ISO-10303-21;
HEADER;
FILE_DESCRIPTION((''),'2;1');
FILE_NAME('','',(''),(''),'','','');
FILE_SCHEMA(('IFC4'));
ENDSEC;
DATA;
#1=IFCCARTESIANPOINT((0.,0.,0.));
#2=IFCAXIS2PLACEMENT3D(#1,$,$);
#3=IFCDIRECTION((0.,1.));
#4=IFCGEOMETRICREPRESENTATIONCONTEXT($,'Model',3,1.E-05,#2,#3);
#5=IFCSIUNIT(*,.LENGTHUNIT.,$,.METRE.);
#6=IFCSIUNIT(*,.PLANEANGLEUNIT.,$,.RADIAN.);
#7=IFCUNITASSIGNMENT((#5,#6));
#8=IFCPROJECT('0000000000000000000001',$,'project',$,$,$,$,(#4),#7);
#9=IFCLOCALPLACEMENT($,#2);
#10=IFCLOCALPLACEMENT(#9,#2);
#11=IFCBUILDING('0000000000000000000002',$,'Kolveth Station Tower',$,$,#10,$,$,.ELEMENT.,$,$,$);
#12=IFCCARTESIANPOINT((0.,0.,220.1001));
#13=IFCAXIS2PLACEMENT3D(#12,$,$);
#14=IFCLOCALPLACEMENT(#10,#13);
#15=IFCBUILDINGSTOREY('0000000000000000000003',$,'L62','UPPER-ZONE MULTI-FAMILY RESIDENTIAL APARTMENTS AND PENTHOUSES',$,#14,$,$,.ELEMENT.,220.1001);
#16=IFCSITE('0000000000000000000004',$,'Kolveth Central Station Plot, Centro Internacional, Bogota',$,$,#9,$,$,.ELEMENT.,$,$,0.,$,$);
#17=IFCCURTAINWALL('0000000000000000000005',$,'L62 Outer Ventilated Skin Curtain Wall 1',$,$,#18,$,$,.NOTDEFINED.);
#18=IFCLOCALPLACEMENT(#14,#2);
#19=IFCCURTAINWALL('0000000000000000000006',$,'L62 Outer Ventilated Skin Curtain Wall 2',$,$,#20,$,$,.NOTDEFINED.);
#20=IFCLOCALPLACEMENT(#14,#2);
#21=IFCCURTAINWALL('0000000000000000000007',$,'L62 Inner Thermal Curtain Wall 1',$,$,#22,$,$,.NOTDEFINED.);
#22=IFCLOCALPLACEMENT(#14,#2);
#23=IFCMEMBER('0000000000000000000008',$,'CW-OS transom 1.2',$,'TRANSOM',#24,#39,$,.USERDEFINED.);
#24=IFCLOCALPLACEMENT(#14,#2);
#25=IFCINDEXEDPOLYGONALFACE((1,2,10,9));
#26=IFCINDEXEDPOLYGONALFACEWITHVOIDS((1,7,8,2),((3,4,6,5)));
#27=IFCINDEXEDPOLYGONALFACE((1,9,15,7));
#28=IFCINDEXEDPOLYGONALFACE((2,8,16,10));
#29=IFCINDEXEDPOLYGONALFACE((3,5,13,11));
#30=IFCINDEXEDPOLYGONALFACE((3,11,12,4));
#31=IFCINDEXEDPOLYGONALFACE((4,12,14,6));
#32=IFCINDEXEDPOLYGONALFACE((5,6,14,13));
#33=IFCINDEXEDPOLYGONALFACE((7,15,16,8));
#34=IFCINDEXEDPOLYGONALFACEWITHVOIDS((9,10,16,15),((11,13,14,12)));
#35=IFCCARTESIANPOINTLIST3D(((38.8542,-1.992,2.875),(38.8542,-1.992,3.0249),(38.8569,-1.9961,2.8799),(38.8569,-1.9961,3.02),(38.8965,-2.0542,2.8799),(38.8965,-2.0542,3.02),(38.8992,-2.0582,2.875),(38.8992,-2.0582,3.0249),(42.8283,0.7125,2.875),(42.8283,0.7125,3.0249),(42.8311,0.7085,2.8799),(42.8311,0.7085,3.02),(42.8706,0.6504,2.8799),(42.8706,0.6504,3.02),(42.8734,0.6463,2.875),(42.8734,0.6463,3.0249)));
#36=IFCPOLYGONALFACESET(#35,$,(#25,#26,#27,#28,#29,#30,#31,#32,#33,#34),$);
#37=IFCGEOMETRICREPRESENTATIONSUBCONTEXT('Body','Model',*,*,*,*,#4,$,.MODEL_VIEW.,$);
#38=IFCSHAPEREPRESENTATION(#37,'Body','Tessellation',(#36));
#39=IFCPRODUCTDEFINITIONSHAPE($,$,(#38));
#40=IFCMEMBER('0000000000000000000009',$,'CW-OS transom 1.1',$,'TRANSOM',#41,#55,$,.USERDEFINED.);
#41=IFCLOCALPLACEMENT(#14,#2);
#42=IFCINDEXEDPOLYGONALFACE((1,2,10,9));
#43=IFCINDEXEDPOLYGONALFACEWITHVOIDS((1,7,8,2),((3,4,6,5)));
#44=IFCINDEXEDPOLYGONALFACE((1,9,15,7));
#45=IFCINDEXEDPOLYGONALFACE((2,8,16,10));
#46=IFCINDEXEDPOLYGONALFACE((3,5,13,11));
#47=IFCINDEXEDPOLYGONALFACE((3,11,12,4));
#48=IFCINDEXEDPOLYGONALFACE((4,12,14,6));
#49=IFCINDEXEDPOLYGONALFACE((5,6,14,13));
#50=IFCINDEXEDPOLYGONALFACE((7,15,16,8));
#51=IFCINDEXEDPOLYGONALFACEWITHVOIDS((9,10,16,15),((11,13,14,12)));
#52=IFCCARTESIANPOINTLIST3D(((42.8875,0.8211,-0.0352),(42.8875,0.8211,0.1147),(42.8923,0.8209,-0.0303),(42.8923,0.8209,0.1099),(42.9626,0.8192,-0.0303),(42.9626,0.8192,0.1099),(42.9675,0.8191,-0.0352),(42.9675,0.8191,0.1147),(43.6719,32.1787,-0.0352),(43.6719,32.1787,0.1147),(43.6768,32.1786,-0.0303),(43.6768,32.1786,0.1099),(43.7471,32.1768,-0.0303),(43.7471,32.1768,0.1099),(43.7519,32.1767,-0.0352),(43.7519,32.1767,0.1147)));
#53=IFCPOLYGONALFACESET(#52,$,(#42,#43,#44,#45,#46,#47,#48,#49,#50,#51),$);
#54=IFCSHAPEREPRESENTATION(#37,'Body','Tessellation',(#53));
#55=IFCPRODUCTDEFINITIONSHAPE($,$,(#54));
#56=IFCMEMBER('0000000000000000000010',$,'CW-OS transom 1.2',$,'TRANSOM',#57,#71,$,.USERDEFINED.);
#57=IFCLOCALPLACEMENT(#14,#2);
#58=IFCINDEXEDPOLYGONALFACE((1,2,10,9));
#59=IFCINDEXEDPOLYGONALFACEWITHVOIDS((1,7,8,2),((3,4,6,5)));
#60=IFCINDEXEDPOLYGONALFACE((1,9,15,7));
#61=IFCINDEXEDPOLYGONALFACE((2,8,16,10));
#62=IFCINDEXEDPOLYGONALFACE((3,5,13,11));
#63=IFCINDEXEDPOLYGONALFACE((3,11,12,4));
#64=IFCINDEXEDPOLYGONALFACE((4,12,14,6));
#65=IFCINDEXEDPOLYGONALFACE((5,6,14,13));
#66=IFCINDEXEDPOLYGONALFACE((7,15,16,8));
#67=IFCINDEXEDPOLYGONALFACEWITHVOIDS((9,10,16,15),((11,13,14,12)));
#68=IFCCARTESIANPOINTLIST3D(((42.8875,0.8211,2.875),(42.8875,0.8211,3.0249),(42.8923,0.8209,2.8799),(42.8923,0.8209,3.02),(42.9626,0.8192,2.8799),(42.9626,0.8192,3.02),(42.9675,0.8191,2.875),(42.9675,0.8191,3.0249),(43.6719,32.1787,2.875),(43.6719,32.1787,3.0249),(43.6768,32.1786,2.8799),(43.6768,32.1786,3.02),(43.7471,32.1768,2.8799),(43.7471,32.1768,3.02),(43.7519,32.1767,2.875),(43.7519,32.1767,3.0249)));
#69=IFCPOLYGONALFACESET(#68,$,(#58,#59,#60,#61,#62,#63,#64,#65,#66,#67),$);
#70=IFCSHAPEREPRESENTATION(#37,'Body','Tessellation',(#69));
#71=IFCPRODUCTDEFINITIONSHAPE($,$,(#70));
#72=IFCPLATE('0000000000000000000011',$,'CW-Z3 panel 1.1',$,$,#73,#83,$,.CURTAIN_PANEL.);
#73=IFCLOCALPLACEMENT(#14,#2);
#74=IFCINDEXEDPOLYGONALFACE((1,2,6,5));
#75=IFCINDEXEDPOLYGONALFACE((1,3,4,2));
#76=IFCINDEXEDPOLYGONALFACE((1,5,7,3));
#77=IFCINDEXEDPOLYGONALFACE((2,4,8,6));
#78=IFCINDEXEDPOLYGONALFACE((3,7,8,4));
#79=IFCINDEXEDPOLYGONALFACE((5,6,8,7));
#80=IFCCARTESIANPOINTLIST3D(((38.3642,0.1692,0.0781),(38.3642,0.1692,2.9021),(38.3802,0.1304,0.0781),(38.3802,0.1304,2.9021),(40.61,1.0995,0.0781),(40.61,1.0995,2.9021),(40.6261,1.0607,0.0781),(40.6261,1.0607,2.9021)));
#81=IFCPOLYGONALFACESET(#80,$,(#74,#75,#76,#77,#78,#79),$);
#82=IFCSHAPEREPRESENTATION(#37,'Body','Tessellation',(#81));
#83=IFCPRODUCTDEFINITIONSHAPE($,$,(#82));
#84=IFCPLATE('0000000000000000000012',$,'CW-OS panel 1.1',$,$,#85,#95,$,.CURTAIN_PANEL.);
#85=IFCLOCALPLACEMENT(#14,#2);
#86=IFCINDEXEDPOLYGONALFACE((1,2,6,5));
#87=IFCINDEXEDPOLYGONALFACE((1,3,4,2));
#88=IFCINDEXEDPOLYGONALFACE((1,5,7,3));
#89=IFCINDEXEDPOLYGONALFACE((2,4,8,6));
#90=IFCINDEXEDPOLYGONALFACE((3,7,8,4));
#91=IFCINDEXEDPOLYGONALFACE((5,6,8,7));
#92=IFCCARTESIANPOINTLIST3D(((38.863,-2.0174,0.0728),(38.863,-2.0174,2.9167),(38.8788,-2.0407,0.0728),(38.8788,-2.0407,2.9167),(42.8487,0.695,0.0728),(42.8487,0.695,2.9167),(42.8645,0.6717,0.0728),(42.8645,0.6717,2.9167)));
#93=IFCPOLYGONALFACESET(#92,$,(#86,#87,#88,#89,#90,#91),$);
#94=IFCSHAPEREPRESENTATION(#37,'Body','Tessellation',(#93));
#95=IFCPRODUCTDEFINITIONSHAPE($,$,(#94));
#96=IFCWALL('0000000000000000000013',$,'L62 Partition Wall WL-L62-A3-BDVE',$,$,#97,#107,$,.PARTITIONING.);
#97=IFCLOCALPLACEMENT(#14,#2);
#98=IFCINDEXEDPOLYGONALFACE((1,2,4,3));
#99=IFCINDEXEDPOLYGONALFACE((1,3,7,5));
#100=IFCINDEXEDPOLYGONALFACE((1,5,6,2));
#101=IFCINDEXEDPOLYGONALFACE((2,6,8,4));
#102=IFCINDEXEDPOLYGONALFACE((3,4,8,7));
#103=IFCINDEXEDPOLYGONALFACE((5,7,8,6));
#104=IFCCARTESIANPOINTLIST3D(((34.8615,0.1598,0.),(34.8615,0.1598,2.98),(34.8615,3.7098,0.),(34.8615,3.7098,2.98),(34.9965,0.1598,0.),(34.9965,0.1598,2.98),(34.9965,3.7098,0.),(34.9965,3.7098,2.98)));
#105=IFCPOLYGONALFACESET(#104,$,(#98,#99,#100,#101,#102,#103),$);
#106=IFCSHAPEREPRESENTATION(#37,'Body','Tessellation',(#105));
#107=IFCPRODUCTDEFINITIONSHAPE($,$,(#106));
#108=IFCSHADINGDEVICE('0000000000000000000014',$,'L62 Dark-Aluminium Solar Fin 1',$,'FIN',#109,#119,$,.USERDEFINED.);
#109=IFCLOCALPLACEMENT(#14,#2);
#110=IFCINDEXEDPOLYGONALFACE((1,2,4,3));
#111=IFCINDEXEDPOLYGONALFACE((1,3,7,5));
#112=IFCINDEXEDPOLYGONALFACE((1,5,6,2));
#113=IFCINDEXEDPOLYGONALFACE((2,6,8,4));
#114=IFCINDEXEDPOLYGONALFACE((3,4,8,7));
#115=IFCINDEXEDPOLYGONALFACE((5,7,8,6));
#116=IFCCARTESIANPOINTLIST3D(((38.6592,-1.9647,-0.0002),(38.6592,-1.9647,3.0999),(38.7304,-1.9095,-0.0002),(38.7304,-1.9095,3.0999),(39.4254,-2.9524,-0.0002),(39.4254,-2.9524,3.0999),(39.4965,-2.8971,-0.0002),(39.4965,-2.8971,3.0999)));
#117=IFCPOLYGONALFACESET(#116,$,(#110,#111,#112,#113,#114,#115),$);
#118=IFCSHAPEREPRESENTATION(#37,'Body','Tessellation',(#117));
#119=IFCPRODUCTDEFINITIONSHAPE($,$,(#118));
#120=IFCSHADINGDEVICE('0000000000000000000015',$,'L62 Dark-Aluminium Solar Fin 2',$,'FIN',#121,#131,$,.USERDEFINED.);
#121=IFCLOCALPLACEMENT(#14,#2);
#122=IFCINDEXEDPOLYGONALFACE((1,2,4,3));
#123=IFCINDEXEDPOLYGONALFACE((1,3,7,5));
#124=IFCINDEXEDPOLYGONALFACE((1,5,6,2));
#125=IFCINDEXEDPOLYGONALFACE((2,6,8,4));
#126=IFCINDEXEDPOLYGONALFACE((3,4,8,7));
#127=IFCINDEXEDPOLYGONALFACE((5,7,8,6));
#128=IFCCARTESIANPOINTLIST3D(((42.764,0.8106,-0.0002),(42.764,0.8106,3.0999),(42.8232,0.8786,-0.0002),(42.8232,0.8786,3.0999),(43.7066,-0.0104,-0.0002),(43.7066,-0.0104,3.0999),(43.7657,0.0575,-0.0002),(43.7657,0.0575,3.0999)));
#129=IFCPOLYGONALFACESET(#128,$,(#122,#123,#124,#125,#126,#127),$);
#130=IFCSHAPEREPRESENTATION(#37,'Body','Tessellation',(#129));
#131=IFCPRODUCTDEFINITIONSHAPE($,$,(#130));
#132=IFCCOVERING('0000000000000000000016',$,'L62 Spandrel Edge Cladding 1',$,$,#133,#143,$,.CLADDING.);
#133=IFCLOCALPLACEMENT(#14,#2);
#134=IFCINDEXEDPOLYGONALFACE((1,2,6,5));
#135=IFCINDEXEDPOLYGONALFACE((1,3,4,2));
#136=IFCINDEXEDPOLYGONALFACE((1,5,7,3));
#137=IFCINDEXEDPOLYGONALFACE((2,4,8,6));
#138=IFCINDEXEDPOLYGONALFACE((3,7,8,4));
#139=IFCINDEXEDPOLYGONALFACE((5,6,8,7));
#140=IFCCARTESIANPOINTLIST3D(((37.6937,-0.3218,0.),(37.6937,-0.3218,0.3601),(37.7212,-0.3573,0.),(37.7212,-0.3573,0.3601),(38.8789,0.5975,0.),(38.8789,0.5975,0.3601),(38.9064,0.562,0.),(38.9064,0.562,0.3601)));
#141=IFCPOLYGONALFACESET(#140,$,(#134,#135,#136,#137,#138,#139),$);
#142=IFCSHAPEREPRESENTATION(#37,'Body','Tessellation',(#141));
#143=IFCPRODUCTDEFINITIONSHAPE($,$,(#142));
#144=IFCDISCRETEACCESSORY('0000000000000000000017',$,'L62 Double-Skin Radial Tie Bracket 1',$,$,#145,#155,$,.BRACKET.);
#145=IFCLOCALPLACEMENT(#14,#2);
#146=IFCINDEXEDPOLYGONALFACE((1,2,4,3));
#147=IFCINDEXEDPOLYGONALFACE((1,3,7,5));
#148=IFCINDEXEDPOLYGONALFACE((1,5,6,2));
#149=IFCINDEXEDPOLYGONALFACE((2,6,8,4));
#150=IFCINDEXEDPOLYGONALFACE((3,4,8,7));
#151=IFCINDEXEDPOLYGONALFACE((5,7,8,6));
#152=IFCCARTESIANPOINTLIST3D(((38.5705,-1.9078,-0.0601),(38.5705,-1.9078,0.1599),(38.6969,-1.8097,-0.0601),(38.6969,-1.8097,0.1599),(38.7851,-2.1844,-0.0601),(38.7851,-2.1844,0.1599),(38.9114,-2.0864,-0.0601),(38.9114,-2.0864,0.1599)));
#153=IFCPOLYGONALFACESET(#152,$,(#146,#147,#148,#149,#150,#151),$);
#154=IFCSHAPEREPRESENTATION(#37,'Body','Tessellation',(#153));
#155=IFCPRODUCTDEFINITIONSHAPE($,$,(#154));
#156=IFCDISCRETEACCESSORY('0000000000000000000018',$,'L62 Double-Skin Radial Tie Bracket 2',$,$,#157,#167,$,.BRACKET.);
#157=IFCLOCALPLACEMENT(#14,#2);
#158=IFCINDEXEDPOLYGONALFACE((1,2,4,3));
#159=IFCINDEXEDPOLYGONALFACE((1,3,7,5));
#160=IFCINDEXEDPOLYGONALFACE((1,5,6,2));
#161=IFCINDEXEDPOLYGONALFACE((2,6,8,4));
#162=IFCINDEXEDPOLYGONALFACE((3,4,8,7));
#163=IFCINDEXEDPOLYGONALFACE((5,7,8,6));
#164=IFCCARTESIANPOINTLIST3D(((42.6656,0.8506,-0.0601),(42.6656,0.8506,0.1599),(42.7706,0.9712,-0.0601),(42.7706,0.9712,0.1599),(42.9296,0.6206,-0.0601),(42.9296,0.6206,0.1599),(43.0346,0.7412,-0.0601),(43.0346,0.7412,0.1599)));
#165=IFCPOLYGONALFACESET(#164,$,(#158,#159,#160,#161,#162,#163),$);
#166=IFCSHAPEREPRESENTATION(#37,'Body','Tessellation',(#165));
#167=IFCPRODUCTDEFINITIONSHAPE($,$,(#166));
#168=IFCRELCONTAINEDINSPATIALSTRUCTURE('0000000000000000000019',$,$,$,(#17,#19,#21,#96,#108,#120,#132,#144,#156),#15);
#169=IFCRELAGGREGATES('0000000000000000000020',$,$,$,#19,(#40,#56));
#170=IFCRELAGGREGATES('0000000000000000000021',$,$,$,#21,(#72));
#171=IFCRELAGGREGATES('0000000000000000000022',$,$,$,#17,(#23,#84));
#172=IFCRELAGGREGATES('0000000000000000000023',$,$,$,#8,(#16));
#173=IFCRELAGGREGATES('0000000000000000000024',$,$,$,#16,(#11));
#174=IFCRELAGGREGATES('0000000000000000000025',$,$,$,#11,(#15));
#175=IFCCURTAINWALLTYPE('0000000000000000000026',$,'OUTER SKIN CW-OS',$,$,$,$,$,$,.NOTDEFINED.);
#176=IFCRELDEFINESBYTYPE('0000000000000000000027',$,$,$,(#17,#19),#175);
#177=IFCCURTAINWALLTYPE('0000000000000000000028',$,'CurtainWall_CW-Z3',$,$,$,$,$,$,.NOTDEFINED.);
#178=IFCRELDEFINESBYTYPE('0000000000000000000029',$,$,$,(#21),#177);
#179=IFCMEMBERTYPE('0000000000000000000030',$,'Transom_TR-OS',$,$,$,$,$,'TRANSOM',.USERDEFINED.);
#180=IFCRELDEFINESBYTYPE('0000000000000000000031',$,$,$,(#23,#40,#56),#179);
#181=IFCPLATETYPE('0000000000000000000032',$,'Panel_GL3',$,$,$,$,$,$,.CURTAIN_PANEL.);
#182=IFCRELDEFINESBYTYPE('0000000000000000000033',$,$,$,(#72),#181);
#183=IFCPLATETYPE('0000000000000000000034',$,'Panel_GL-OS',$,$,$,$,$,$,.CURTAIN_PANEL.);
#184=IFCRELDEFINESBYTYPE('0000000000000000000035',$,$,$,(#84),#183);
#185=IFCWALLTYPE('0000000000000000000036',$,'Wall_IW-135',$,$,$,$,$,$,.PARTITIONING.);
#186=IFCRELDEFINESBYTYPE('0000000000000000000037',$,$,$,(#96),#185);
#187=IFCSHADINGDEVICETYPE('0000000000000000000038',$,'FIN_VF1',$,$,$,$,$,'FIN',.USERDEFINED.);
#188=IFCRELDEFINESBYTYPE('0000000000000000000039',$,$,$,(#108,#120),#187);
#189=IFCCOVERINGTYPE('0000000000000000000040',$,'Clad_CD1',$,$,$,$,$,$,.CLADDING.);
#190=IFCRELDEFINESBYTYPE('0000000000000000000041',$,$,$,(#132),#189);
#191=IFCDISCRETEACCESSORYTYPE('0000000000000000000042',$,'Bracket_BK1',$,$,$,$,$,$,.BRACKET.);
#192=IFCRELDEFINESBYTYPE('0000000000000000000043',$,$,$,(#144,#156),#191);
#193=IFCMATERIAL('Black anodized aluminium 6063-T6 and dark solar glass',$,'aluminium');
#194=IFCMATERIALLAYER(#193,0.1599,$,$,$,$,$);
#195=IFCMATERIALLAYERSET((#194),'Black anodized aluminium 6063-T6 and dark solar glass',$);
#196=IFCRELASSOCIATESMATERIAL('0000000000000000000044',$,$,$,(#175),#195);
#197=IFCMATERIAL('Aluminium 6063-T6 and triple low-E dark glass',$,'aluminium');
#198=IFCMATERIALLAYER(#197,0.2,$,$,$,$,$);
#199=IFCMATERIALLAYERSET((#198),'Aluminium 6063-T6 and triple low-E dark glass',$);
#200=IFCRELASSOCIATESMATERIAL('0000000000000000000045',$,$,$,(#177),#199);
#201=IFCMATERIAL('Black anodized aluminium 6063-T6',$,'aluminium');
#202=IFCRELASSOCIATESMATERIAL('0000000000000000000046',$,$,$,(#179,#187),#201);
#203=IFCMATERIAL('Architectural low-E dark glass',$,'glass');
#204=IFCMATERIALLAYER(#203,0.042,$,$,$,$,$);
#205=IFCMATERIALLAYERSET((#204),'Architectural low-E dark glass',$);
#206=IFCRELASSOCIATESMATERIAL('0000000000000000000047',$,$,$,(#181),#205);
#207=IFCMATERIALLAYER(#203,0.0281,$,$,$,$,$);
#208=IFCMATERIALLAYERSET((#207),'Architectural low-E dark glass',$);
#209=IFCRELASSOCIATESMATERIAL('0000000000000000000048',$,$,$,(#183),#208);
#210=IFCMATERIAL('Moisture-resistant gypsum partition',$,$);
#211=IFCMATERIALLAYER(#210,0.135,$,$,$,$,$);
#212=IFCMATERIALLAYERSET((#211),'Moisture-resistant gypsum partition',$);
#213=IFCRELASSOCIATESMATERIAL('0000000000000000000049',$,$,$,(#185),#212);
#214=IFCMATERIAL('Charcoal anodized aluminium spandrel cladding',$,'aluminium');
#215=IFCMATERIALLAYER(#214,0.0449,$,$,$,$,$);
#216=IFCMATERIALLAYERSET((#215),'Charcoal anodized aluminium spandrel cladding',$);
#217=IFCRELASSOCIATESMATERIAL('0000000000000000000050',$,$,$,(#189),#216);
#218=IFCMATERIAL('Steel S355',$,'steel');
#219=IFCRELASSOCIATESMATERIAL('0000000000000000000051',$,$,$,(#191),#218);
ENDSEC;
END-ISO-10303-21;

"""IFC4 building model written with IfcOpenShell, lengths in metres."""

from ifc_helpers import new_model, si_unit, direction, frame, frame_2d, origin, origin_2d, place, context, subcontext, project, spatial, rectangle, hollow_rectangle, extrude, source, transform, mapped, material, layer, layer_set, material_profile, profile_set, type_object, element, aggregate, save


model = new_model("IFC4")

# Units and contexts
model_context = context("Model", 3, precision=1e-05, world=origin(), true_north=direction((0.0, 1.0)))
body_context = subcontext(model_context, "Body", "Model", "MODEL_VIEW")
ifc_project = project(units=[si_unit("LENGTHUNIT", "METRE"), si_unit("PLANEANGLEUNIT", "RADIAN")], contexts=[model_context])

# Site, building, storey
site_placement = place(None, origin())
site = spatial("IfcSite", under=ifc_project, at=site_placement, Name="Kolveth Central Station Plot, Centro Internacional, Bogota", CompositionType="ELEMENT", RefElevation=0.0)
building_placement = place(site_placement, origin())
building = spatial("IfcBuilding", under=site, at=building_placement, Name="Kolveth Station Tower", CompositionType="ELEMENT")
storey_placement = place(building_placement, frame((0.0, 0.0, 220.1001)))
storey = spatial("IfcBuildingStorey", under=building, at=storey_placement, Name="L62", Description="UPPER-ZONE MULTI-FAMILY RESIDENTIAL APARTMENTS AND PENTHOUSES", CompositionType="ELEMENT", Elevation=220.1001)

# Curtain wall
ifc_material_1 = material(Name="Black anodized aluminium 6063-T6 and dark solar glass", Category="aluminium")
ifc_layer_1 = layer(ifc_material_1, 0.1599)
ifc_layer_set_1 = layer_set([ifc_layer_1], Name="Black anodized aluminium 6063-T6 and dark solar glass")
curtain_wall_type_1 = type_object("IfcCurtainWallType", Name="OUTER SKIN CW-OS", PredefinedType="NOTDEFINED", material=ifc_layer_set_1)
curtain_wall_1_placement = place(storey_placement, origin())
curtain_wall_1 = element("IfcCurtainWall", 1, at=curtain_wall_1_placement, inside=storey, type_object=curtain_wall_type_1, Name="L62 Outer Ventilated Skin Curtain Wall 1", PredefinedType="NOTDEFINED")
ifc_material_2 = material(Name="Black anodized aluminium 6063-T6", Category="aluminium")

# Curtain wall
curtain_wall_2_placement = place(storey_placement, origin())
curtain_wall_2 = element("IfcCurtainWall", 2, at=curtain_wall_2_placement, inside=storey, type_object=curtain_wall_type_1, Name="L62 Outer Ventilated Skin Curtain Wall 2", PredefinedType="NOTDEFINED")

# Curtain wall
ifc_material_3 = material(Name="Aluminium 6063-T6 and triple low-E dark glass", Category="aluminium")
ifc_layer_2 = layer(ifc_material_3, 0.2)
ifc_layer_set_2 = layer_set([ifc_layer_2], Name="Aluminium 6063-T6 and triple low-E dark glass")
curtain_wall_type_2 = type_object("IfcCurtainWallType", Name="CurtainWall_CW-Z3", PredefinedType="NOTDEFINED", material=ifc_layer_set_2)
curtain_wall_3_placement = place(storey_placement, origin())
curtain_wall_3 = element("IfcCurtainWall", 3, at=curtain_wall_3_placement, inside=storey, type_object=curtain_wall_type_2, Name="L62 Inner Thermal Curtain Wall 1", PredefinedType="NOTDEFINED")

# Members
ifc_material_profile_1 = material_profile(ifc_material_2, hollow_rectangle(XDim=0.0801, YDim=0.1499, WallThickness=0.0049, at=origin_2d()), Name="ALU-80x150x5")
ifc_profile_set_1 = profile_set([ifc_material_profile_1], Name="Black anodized aluminium 6063-T6")
member_type_1 = type_object("IfcMemberType", Name="Transom_TR-OS", ElementType="TRANSOM", PredefinedType="USERDEFINED", material=ifc_profile_set_1)
shared_shape_1 = source(origin(), body_context, "Body", "SweptSolid", [
    extrude(hollow_rectangle(XDim=0.0801, YDim=0.1499, WallThickness=0.0049, at=origin_2d()), origin(), (0.0, 0.0, 1.0), 4.8071),
])
member_1_placement = place(storey_placement, frame((38.8767, -2.0251, 2.95), z_axis=(0.826715, 0.562621, 0.0), x_axis=(-0.562621, 0.826715, 0.0)))
member_1 = element("IfcMember", 4, at=member_1_placement, type_object=member_type_1, Name="CW-OS transom 1.2", ObjectType="TRANSOM", PredefinedType="USERDEFINED", context=body_context, shape_type="MappedRepresentation", body=[
    mapped(shared_shape_1, transform((0.0, 0.0, 0.0), x_axis=(1.0, 0.0, 0.0), y_axis=(0.0, 1.0, 0.0), z_axis=(0.0, 0.0, 1.0), scale=1.0)),
])
shared_shape_2 = source(origin(), body_context, "Body", "SweptSolid", [
    extrude(hollow_rectangle(XDim=0.0801, YDim=0.1499, WallThickness=0.0049, at=origin_2d()), origin(), (0.0, 0.0, 1.0), 31.3674),
])
member_2_placement = place(storey_placement, frame((42.9275, 0.8201, 0.0398), z_axis=(0.025008, 0.999687, 0.0), x_axis=(-0.999687, 0.025008, 0.0)))
member_2 = element("IfcMember", 5, at=member_2_placement, type_object=member_type_1, Name="CW-OS transom 1.1", ObjectType="TRANSOM", PredefinedType="USERDEFINED", context=body_context, shape_type="MappedRepresentation", body=[
    mapped(shared_shape_2, transform((0.0, 0.0, 0.0), x_axis=(1.0, 0.0, 0.0), y_axis=(0.0, 1.0, 0.0), z_axis=(0.0, 0.0, 1.0), scale=1.0)),
])
member_3_placement = place(storey_placement, frame((42.9275, 0.8201, 2.95), z_axis=(0.025008, 0.999687, 0.0), x_axis=(-0.999687, 0.025008, 0.0)))
member_3 = element("IfcMember", 6, at=member_3_placement, type_object=member_type_1, Name="CW-OS transom 1.2", ObjectType="TRANSOM", PredefinedType="USERDEFINED", context=body_context, shape_type="MappedRepresentation", body=[
    mapped(shared_shape_2, transform((0.0, 0.0, 0.0), x_axis=(1.0, 0.0, 0.0), y_axis=(0.0, 1.0, 0.0), z_axis=(0.0, 0.0, 1.0), scale=1.0)),
])
aggregate(curtain_wall_2, [member_2, member_3])

# Plates
ifc_material_4 = material(Name="Architectural low-E dark glass", Category="glass")
ifc_layer_3 = layer(ifc_material_4, 0.042)
ifc_layer_set_3 = layer_set([ifc_layer_3], Name="Architectural low-E dark glass")
plate_type_1 = type_object("IfcPlateType", Name="Panel_GL3", PredefinedType="CURTAIN_PANEL", material=ifc_layer_set_3)
shared_shape_3 = source(origin(), body_context, "Body", "SweptSolid", [
    extrude(rectangle(XDim=2.4309, YDim=0.042, at=origin_2d()), origin(), (0.0, 0.0, 1.0), 2.824),
])
plate_1_placement = place(storey_placement, frame((39.4951, 0.615, 0.0781), z_axis=(0.0, 0.0, 1.0), x_axis=(0.923875, 0.382693, 0.0)))
plate_1 = element("IfcPlate", 7, at=plate_1_placement, type_object=plate_type_1, Name="CW-Z3 panel 1.1", PredefinedType="CURTAIN_PANEL", context=body_context, shape_type="MappedRepresentation", body=[
    mapped(shared_shape_3, transform((0.0, 0.0, 0.0), x_axis=(1.0, 0.0, 0.0), y_axis=(0.0, 1.0, 0.0), z_axis=(0.0, 0.0, 1.0), scale=1.0)),
])
aggregate(curtain_wall_3, [plate_1])
ifc_layer_4 = layer(ifc_material_4, 0.0281)
ifc_layer_set_4 = layer_set([ifc_layer_4], Name="Architectural low-E dark glass")
plate_type_2 = type_object("IfcPlateType", Name="Panel_GL-OS", PredefinedType="CURTAIN_PANEL", material=ifc_layer_set_4)
shared_shape_4 = source(origin(), body_context, "Body", "SweptSolid", [
    extrude(rectangle(XDim=4.821, YDim=0.0281, at=origin_2d()), origin(), (0.0, 0.0, 1.0), 2.844),
])
plate_2_placement = place(storey_placement, frame((40.8638, -0.6729, 0.0728), z_axis=(0.0, 0.0, 1.0), x_axis=(0.826719, 0.562615, 0.0)))
plate_2 = element("IfcPlate", 8, at=plate_2_placement, type_object=plate_type_2, Name="CW-OS panel 1.1", PredefinedType="CURTAIN_PANEL", context=body_context, shape_type="MappedRepresentation", body=[
    mapped(shared_shape_4, transform((0.0, 0.0, 0.0), x_axis=(1.0, 0.0, 0.0), y_axis=(0.0, 1.0, 0.0), z_axis=(0.0, 0.0, 1.0), scale=1.0)),
])
aggregate(curtain_wall_1, [member_1, plate_2])

# Wall
ifc_material_5 = material(Name="Moisture-resistant gypsum partition")
ifc_layer_5 = layer(ifc_material_5, 0.135)
ifc_layer_set_5 = layer_set([ifc_layer_5], Name="Moisture-resistant gypsum partition")
wall_type = type_object("IfcWallType", Name="Wall_IW-135", PredefinedType="PARTITIONING", material=ifc_layer_set_5)
wall_placement = place(storey_placement, frame((34.929, 0.1599, 0.0), z_axis=(0.0, 0.0, 1.0), x_axis=(0.0, 1.0, 0.0)))
element("IfcWall", 9, at=wall_placement, inside=storey, type_object=wall_type, Name="L62 Partition Wall WL-L62-A3-BDVE", PredefinedType="PARTITIONING", context=body_context, shape_type="SweptSolid", body=[
    extrude(rectangle(XDim=3.55, YDim=0.135, at=frame_2d((1.7749, 0.0))), origin(), (0.0, 0.0, 1.0), 2.98),
])

# Shading devices
shading_device_type = type_object("IfcShadingDeviceType", Name="FIN_VF1", ElementType="FIN", PredefinedType="USERDEFINED", material=ifc_material_2)
shared_shape_5 = source(origin(), body_context, "Body", "SweptSolid", [
    extrude(rectangle(XDim=1.25, YDim=0.0901, at=origin_2d()), origin(), (0.0, 0.0, 1.0), 3.1001),
])
for number, where, z_axis, x_axis, name in (
    (10, (39.0779, -2.4309, -0.0002), (0.0, 0.0, 1.0), (0.612907, -0.790155, 0.0), "L62 Dark-Aluminium Solar Fin 1"),
    (11, (43.2649, 0.4341, -0.0002), (0.0, 0.0, 1.0), (0.754022, -0.656849, 0.0), "L62 Dark-Aluminium Solar Fin 2"),
):
    element("IfcShadingDevice", number, at=place(storey_placement, frame(where, z_axis=z_axis, x_axis=x_axis)), inside=storey, type_object=shading_device_type, Name=name, ObjectType="FIN", PredefinedType="USERDEFINED", context=body_context, shape_type="MappedRepresentation", body=[
        mapped(shared_shape_5, transform((0.0, 0.0, 0.0), x_axis=(1.0, 0.0, 0.0), y_axis=(0.0, 1.0, 0.0), z_axis=(0.0, 0.0, 1.0), scale=1.0)),
    ])

# Covering
ifc_material_6 = material(Name="Charcoal anodized aluminium spandrel cladding", Category="aluminium")
ifc_layer_6 = layer(ifc_material_6, 0.0449)
ifc_layer_set_6 = layer_set([ifc_layer_6], Name="Charcoal anodized aluminium spandrel cladding")
covering_type = type_object("IfcCoveringType", Name="Clad_CD1", PredefinedType="CLADDING", material=ifc_layer_set_6)
shared_shape_6 = source(origin(), body_context, "Body", "SweptSolid", [
    extrude(rectangle(XDim=1.5, YDim=0.0449, at=origin_2d()), origin(), (0.0, 0.0, 1.0), 0.3601),
])
covering_placement = place(storey_placement, frame((38.3, 0.1201, 0.0), z_axis=(0.0, 0.0, 1.0), x_axis=(0.790155, 0.612907, 0.0)))
element("IfcCovering", 12, at=covering_placement, inside=storey, type_object=covering_type, Name="L62 Spandrel Edge Cladding 1", PredefinedType="CLADDING", context=body_context, shape_type="MappedRepresentation", body=[
    mapped(shared_shape_6, transform((0.0, 0.0, 0.0), x_axis=(1.0, 0.0, 0.0), y_axis=(0.0, 1.0, 0.0), z_axis=(0.0, 0.0, 1.0), scale=1.0)),
])

# Discrete accessories
ifc_material_7 = material(Name="Steel S355", Category="steel")
discrete_accessory_type = type_object("IfcDiscreteAccessoryType", Name="Bracket_BK1", PredefinedType="BRACKET", material=ifc_material_7)
shared_shape_7 = source(origin(), body_context, "Body", "SweptSolid", [
    extrude(rectangle(XDim=0.3501, YDim=0.1599, at=origin_2d()), origin(), (0.0, 0.0, 1.0), 0.22),
])
for number, where, z_axis, x_axis, name in (
    (13, (38.741, -1.9971, -0.0601), (0.0, 0.0, 1.0), (0.612907, -0.790155, 0.0), "L62 Double-Skin Radial Tie Bracket 1"),
    (14, (42.8501, 0.7959, -0.0601), (0.0, 0.0, 1.0), (0.754022, -0.656849, 0.0), "L62 Double-Skin Radial Tie Bracket 2"),
):
    element("IfcDiscreteAccessory", number, at=place(storey_placement, frame(where, z_axis=z_axis, x_axis=x_axis)), inside=storey, type_object=discrete_accessory_type, Name=name, PredefinedType="BRACKET", context=body_context, shape_type="MappedRepresentation", body=[
        mapped(shared_shape_7, transform((0.0, 0.0, 0.0), x_axis=(1.0, 0.0, 0.0), y_axis=(0.0, 1.0, 0.0), z_axis=(0.0, 0.0, 1.0), scale=1.0)),
    ])

save(model, "model.ifc")
